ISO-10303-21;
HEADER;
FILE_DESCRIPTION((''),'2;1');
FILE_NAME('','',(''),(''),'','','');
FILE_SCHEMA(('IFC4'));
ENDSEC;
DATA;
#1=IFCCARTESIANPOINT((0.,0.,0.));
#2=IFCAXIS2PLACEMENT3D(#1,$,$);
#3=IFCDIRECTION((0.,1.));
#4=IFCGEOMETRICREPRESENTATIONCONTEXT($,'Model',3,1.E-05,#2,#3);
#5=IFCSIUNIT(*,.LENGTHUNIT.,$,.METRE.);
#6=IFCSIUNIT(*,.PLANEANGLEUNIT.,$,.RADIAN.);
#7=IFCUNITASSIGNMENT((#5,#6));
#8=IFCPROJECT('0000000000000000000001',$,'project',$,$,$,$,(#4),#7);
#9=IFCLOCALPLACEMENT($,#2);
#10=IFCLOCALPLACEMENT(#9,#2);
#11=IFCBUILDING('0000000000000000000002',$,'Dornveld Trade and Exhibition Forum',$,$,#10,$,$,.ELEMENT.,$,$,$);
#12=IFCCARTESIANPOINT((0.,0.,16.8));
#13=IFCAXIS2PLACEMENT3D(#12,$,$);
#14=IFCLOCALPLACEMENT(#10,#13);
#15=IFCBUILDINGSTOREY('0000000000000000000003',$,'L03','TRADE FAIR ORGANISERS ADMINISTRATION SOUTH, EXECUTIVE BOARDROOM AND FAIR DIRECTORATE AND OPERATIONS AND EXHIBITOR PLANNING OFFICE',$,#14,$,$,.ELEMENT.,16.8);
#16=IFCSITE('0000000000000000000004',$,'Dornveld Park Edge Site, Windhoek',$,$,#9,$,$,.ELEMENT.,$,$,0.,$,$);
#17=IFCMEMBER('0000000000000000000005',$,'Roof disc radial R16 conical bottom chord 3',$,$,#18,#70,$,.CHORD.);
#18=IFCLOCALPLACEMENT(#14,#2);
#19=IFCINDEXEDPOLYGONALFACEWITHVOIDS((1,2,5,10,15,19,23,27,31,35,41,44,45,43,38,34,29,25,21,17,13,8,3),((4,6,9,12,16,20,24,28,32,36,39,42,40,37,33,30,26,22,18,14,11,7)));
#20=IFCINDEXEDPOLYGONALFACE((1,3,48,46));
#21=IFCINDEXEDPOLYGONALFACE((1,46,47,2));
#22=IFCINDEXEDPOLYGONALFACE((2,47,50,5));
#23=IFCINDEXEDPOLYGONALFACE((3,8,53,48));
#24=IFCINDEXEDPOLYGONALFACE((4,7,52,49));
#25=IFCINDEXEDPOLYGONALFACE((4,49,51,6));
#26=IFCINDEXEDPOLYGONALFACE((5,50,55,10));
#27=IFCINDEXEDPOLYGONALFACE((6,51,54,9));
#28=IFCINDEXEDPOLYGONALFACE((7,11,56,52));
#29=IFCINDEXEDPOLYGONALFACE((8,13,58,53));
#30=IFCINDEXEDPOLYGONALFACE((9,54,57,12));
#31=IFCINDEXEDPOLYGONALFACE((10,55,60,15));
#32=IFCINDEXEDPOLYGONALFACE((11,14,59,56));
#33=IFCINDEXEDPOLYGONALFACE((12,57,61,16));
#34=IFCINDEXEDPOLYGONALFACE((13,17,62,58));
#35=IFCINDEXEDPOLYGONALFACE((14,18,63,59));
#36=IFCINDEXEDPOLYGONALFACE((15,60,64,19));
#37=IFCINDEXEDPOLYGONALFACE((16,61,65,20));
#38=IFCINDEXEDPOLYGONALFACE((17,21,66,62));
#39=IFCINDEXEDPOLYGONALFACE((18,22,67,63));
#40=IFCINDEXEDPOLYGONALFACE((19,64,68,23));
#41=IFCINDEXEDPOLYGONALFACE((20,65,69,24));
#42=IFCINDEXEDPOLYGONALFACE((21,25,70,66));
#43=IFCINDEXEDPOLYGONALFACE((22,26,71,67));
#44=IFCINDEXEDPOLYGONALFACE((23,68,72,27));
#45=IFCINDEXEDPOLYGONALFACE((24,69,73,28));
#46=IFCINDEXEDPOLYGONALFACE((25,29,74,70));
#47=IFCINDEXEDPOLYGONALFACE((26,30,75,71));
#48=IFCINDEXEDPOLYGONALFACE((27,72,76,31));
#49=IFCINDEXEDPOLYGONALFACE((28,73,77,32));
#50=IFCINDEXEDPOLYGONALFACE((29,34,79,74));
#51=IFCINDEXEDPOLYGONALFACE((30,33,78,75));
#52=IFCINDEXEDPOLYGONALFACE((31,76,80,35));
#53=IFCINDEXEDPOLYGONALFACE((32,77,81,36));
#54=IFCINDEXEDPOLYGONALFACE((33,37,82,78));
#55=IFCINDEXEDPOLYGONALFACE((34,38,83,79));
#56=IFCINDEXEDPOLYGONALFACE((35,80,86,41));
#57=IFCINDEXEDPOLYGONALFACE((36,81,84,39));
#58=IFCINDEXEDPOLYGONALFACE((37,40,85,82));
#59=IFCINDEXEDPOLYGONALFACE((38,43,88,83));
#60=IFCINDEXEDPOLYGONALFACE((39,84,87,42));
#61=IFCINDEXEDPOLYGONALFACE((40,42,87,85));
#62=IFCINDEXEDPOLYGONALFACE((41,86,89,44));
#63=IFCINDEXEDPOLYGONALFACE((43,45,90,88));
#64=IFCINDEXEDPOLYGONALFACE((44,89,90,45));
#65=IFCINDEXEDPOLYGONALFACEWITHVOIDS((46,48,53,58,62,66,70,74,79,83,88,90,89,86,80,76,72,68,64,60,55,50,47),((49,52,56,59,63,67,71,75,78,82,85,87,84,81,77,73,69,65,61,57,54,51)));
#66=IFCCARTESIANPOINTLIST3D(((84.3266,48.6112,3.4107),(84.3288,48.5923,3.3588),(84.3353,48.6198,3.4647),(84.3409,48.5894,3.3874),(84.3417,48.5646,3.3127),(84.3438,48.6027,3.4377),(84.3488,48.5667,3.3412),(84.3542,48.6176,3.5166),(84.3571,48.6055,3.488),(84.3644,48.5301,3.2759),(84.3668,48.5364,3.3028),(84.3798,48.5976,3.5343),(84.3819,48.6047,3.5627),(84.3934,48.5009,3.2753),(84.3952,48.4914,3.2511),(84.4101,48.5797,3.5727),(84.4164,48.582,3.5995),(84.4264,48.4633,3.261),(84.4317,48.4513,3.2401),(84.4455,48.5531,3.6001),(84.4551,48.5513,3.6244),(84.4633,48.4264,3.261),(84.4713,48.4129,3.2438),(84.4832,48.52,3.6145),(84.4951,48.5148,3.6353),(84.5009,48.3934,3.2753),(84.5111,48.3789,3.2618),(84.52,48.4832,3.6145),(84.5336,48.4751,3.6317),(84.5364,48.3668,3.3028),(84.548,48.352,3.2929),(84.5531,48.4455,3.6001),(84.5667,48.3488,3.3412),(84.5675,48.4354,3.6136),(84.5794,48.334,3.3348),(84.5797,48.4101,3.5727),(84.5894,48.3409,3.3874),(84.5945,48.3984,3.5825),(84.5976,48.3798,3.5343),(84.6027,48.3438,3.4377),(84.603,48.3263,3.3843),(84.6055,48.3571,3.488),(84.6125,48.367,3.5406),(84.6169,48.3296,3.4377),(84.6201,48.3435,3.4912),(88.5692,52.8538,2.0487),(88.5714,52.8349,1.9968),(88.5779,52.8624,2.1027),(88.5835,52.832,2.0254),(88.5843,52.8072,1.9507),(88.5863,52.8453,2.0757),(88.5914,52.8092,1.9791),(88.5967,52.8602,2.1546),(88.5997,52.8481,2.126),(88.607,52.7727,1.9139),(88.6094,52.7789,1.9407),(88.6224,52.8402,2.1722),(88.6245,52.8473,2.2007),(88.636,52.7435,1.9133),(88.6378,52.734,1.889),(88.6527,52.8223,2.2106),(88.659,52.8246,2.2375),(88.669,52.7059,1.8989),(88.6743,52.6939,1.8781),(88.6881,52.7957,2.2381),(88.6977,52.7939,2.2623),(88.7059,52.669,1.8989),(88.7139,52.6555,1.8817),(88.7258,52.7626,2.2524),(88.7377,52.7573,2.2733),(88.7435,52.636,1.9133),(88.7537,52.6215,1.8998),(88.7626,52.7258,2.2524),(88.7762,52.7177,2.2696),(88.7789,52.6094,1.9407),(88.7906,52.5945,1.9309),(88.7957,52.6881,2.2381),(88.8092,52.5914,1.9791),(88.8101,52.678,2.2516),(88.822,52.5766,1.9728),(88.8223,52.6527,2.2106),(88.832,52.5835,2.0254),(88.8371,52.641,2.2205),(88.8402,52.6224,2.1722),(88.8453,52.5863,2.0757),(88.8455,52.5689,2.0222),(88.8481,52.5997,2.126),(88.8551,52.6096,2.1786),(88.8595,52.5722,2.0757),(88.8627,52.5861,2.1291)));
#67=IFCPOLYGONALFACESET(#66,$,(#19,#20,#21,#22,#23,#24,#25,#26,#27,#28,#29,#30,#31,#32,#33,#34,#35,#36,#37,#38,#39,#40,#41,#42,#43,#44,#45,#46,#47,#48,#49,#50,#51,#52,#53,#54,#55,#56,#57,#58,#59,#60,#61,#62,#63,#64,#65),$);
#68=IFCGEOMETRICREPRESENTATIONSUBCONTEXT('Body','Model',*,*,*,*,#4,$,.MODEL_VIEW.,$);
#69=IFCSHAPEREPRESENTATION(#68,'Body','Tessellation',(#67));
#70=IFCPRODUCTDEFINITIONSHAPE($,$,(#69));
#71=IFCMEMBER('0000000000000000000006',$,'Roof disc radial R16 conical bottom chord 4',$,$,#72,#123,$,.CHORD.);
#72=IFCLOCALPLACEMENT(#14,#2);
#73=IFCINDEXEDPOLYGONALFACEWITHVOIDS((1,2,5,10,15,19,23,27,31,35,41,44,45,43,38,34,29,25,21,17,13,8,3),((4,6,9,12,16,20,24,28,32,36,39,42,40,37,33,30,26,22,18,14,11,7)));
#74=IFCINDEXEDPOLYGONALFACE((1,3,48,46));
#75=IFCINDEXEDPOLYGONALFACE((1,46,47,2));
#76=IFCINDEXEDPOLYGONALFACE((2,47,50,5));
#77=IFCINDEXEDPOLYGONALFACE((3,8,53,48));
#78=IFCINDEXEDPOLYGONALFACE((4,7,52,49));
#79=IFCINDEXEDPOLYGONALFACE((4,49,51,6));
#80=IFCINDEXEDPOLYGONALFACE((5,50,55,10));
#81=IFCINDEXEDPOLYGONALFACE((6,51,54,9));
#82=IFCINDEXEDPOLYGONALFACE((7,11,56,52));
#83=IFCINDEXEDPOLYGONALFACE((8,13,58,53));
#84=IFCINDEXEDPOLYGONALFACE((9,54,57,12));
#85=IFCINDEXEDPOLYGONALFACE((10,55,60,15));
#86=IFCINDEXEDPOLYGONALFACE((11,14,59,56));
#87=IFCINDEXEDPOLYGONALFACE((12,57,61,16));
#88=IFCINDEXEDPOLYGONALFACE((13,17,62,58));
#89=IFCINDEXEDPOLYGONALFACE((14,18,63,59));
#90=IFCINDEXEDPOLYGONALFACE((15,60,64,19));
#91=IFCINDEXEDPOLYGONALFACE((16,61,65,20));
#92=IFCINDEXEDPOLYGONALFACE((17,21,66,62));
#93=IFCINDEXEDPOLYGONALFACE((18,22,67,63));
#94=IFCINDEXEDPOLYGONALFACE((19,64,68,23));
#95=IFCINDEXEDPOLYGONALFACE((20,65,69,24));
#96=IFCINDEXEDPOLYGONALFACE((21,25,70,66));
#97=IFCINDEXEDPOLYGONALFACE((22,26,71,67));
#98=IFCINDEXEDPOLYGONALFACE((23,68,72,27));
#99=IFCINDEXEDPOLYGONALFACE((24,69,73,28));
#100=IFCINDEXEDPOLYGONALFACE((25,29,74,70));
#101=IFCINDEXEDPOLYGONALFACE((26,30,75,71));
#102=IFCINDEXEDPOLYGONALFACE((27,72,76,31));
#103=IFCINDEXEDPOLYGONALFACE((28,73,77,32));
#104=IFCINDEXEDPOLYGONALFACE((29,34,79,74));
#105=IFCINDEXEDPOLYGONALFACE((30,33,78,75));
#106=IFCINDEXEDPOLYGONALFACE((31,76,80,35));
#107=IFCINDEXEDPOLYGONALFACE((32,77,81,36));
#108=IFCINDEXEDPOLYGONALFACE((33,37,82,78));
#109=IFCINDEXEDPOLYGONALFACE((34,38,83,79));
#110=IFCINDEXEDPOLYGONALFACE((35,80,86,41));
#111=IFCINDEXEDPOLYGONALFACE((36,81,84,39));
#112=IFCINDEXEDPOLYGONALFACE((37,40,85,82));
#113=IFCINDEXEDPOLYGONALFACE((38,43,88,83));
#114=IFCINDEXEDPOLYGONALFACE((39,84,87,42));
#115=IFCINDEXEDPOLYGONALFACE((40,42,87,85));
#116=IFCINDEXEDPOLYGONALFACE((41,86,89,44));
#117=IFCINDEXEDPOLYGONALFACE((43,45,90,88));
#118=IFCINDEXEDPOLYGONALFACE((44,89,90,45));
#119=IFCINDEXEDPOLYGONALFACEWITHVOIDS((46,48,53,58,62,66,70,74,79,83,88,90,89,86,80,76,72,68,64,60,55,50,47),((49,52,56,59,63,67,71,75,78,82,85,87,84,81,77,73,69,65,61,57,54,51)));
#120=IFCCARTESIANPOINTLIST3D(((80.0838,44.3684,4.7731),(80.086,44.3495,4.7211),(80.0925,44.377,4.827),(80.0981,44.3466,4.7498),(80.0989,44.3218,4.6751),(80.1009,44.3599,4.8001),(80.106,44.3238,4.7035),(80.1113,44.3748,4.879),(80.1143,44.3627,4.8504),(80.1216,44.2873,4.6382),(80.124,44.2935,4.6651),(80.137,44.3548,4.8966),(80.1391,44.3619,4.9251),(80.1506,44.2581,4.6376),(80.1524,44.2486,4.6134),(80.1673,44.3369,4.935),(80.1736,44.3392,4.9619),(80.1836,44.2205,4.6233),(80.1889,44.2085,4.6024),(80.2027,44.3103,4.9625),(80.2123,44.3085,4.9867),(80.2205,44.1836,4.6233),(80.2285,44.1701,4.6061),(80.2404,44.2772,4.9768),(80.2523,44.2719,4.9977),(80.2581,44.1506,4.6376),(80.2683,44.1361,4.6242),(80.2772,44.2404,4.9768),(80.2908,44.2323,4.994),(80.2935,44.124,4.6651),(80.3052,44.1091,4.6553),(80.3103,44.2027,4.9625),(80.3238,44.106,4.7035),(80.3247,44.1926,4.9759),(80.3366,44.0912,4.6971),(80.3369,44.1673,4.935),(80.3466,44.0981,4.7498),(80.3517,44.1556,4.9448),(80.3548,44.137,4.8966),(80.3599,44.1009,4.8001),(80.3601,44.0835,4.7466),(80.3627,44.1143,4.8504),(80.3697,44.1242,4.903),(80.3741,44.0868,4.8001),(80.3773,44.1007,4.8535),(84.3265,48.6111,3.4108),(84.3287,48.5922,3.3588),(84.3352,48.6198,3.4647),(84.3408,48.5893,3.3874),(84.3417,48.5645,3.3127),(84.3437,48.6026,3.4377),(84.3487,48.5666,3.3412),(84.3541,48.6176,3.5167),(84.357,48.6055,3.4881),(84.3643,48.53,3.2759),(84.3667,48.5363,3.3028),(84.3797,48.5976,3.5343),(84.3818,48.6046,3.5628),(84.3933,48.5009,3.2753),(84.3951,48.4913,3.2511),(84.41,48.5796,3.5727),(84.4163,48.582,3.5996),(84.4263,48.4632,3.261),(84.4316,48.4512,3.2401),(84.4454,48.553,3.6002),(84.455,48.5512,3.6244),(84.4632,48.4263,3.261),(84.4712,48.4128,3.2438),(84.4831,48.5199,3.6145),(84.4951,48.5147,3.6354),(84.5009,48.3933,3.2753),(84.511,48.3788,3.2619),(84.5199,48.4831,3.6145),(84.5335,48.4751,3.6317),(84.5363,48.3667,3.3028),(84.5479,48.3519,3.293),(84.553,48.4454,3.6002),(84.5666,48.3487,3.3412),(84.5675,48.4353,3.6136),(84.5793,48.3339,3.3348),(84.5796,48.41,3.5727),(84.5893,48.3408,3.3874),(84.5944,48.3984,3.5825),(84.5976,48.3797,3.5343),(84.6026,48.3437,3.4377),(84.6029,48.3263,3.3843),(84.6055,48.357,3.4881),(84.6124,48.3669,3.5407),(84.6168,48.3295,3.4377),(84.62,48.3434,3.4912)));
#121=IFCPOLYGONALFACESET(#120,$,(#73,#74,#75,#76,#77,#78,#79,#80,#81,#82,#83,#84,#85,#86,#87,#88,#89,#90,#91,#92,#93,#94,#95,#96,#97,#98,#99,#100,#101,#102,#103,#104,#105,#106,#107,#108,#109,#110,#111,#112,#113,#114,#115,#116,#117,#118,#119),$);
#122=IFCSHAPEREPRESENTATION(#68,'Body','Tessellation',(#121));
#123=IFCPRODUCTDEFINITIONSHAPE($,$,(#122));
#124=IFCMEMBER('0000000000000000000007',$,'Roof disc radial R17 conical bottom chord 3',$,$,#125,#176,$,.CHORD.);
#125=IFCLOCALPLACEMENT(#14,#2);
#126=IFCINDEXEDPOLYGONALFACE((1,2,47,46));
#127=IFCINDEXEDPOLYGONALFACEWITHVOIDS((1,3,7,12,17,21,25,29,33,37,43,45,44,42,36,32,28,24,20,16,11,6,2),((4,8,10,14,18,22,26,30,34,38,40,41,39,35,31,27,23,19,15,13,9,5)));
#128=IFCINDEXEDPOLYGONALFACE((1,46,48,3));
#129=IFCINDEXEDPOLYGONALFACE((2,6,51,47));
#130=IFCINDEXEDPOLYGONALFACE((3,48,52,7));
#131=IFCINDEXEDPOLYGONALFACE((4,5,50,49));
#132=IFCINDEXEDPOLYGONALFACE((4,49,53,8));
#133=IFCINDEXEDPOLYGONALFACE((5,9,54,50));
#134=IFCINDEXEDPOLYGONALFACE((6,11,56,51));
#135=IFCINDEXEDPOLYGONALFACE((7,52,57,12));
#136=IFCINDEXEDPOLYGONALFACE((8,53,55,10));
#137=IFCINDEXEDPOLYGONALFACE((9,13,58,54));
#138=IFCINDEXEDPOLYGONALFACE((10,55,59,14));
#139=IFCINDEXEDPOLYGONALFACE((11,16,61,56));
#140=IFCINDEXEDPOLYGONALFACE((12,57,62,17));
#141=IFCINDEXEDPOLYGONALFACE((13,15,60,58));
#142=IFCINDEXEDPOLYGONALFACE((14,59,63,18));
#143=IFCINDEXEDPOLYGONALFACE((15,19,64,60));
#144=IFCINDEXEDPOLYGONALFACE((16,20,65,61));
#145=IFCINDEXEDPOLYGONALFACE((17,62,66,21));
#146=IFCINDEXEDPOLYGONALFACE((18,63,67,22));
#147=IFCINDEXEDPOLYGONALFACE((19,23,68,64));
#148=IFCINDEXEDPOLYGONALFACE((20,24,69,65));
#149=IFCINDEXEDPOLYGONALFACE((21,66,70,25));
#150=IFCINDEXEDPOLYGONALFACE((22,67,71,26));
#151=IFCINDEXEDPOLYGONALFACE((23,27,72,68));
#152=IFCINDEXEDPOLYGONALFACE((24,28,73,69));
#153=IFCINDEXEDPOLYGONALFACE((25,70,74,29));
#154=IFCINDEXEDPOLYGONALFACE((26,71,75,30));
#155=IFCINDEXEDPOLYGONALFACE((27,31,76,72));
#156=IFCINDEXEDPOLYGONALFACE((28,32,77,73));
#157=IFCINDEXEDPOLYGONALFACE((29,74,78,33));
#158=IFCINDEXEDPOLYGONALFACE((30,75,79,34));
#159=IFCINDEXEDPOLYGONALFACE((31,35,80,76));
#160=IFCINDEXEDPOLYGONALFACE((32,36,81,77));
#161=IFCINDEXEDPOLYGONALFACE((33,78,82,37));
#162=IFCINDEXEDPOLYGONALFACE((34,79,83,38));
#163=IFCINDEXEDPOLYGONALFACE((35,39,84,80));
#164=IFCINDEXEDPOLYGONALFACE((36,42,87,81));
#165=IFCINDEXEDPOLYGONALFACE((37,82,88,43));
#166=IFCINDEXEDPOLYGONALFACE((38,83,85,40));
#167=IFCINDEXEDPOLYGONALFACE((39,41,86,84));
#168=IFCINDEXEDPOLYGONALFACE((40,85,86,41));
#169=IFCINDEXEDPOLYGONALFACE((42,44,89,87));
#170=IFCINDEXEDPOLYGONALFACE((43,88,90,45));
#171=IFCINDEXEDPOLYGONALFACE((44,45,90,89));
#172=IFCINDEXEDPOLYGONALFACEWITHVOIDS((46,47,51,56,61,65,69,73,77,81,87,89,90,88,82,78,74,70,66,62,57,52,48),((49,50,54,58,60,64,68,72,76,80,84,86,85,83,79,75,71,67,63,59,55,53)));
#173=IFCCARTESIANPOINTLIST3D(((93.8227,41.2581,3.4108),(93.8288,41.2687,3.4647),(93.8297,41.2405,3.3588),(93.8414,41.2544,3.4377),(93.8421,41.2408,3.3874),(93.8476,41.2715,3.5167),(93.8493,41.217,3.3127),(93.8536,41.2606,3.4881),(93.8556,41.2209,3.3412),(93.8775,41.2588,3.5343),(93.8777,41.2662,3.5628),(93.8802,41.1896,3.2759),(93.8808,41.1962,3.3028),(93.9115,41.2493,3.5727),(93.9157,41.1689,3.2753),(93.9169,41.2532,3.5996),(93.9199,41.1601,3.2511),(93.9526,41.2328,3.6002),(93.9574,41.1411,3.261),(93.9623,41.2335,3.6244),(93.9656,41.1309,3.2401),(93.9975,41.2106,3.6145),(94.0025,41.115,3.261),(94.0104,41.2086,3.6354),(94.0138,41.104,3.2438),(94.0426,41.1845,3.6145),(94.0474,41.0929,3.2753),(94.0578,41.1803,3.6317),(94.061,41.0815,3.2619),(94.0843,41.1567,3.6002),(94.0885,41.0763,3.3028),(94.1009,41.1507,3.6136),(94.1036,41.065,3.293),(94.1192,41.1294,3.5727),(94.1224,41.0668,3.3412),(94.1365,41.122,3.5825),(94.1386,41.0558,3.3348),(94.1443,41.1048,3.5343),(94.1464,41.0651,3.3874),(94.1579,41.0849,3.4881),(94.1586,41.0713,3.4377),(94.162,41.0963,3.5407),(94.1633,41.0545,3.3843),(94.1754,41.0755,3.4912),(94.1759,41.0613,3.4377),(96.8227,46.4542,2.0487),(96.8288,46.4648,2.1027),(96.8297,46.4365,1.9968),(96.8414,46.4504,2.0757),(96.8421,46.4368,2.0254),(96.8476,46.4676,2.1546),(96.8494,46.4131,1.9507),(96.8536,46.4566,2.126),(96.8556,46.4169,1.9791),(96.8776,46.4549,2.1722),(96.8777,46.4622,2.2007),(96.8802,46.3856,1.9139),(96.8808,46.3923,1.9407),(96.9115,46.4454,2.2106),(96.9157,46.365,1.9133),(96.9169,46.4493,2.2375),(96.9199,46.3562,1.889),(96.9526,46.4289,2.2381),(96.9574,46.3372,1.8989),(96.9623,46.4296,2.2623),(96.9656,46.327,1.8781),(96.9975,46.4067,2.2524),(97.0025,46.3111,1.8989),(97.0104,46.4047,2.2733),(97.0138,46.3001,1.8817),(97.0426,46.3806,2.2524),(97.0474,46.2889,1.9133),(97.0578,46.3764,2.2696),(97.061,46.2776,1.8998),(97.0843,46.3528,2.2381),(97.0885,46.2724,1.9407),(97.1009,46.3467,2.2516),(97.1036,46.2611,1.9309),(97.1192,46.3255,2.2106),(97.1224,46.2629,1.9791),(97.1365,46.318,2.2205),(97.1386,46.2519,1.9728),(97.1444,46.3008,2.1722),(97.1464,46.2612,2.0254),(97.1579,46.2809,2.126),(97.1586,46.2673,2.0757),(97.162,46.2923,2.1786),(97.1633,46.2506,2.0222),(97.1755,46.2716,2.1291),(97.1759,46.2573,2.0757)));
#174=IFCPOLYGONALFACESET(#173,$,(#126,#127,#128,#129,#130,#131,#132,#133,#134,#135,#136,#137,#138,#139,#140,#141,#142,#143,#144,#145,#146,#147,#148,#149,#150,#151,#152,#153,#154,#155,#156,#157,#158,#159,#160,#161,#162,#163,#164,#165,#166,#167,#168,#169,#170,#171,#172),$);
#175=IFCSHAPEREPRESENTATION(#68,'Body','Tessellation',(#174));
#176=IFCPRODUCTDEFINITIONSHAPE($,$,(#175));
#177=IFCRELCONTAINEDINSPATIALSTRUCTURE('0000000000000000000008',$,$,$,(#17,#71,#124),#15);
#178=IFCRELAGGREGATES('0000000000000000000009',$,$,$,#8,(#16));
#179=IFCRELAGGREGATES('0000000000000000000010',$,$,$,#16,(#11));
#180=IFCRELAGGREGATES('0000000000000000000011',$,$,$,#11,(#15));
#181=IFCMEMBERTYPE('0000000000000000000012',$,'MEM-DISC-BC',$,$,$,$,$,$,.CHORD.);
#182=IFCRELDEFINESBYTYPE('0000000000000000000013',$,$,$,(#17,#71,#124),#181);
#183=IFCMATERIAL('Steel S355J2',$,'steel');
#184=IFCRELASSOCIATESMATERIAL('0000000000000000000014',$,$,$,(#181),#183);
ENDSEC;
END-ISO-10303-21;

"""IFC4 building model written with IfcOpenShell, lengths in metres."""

from ifc_helpers import new_model, si_unit, direction, frame, origin, origin_2d, place, context, subcontext, project, spatial, hollow_circle, extrude, material, material_profile, profile_set, type_object, element, save


model = new_model("IFC4")

# Units and contexts
model_context = context("Model", 3, precision=1e-05, world=origin(), true_north=direction((0.0, 1.0)))
body_context = subcontext(model_context, "Body", "Model", "MODEL_VIEW")
ifc_project = project(units=[si_unit("LENGTHUNIT", "METRE"), si_unit("PLANEANGLEUNIT", "RADIAN")], contexts=[model_context])

# Site, building, storey
site_placement = place(None, origin())
site = spatial("IfcSite", under=ifc_project, at=site_placement, Name="Dornveld Park Edge Site, Windhoek", CompositionType="ELEMENT", RefElevation=0.0)
building_placement = place(site_placement, origin())
building = spatial("IfcBuilding", under=site, at=building_placement, Name="Dornveld Trade and Exhibition Forum", CompositionType="ELEMENT")
storey_placement = place(building_placement, frame((0.0, 0.0, 16.8)))
storey = spatial("IfcBuildingStorey", under=building, at=storey_placement, Name="L03", Description="TRADE FAIR ORGANISERS ADMINISTRATION SOUTH, EXECUTIVE BOARDROOM AND FAIR DIRECTORATE AND OPERATIONS AND EXHIBITOR PLANNING OFFICE", CompositionType="ELEMENT", Elevation=16.8)

# Members
ifc_material_1 = material(Name="Steel S355J2", Category="steel")
ifc_material_profile_1 = material_profile(ifc_material_1, hollow_circle(Radius=0.2031, WallThickness=0.02, at=origin_2d()), Name="CHS 406.4x20")
ifc_profile_set_1 = profile_set([ifc_material_profile_1], Name="Steel S355J2")
member_type_1 = type_object("IfcMemberType", Name="MEM-DISC-BC", PredefinedType="CHORD", material=ifc_profile_set_1)
member_1_placement = place(storey_placement, frame((88.7158, 52.7158, 2.0757), z_axis=(-0.689562, -0.689562, 0.221376), x_axis=(0.707107, -0.707107, 0.0)))
element("IfcMember", 1, at=member_1_placement, inside=storey, type_object=member_type_1, Name="Roof disc radial R16 conical bottom chord 3", PredefinedType="CHORD", context=body_context, shape_type="SweptSolid", body=[
    extrude(hollow_circle(Radius=0.2031, WallThickness=0.02, at=origin_2d()), origin(), (0.0, 0.0, 1.0), 6.1526),
])
member_2_placement = place(storey_placement, frame((84.4731, 48.4731, 3.4377), z_axis=(-0.689556, -0.689556, 0.221414), x_axis=(0.707107, -0.707107, 0.0)))
element("IfcMember", 2, at=member_2_placement, inside=storey, type_object=member_type_1, Name="Roof disc radial R16 conical bottom chord 4", PredefinedType="CHORD", context=body_context, shape_type="SweptSolid", body=[
    extrude(hollow_circle(Radius=0.2031, WallThickness=0.02, at=origin_2d()), origin(), (0.0, 0.0, 1.0), 6.1528),
])
for number, where, z_axis, x_axis, name in (
    (3, (97.0, 46.3589, 2.0757), (-0.487601, -0.844533, 0.221381), (0.866021, -0.500008, 0.0), "Roof disc radial R17 conical bottom chord 3"),
):
    element("IfcMember", number, at=place(storey_placement, frame(where, z_axis=z_axis, x_axis=x_axis)), inside=storey, type_object=member_type_1, Name=name, PredefinedType="CHORD", context=body_context, shape_type="SweptSolid", body=[
        extrude(hollow_circle(Radius=0.2031, WallThickness=0.02, at=origin_2d()), origin(), (0.0, 0.0, 1.0), 6.1526),
    ])

save(model, "model.ifc")
